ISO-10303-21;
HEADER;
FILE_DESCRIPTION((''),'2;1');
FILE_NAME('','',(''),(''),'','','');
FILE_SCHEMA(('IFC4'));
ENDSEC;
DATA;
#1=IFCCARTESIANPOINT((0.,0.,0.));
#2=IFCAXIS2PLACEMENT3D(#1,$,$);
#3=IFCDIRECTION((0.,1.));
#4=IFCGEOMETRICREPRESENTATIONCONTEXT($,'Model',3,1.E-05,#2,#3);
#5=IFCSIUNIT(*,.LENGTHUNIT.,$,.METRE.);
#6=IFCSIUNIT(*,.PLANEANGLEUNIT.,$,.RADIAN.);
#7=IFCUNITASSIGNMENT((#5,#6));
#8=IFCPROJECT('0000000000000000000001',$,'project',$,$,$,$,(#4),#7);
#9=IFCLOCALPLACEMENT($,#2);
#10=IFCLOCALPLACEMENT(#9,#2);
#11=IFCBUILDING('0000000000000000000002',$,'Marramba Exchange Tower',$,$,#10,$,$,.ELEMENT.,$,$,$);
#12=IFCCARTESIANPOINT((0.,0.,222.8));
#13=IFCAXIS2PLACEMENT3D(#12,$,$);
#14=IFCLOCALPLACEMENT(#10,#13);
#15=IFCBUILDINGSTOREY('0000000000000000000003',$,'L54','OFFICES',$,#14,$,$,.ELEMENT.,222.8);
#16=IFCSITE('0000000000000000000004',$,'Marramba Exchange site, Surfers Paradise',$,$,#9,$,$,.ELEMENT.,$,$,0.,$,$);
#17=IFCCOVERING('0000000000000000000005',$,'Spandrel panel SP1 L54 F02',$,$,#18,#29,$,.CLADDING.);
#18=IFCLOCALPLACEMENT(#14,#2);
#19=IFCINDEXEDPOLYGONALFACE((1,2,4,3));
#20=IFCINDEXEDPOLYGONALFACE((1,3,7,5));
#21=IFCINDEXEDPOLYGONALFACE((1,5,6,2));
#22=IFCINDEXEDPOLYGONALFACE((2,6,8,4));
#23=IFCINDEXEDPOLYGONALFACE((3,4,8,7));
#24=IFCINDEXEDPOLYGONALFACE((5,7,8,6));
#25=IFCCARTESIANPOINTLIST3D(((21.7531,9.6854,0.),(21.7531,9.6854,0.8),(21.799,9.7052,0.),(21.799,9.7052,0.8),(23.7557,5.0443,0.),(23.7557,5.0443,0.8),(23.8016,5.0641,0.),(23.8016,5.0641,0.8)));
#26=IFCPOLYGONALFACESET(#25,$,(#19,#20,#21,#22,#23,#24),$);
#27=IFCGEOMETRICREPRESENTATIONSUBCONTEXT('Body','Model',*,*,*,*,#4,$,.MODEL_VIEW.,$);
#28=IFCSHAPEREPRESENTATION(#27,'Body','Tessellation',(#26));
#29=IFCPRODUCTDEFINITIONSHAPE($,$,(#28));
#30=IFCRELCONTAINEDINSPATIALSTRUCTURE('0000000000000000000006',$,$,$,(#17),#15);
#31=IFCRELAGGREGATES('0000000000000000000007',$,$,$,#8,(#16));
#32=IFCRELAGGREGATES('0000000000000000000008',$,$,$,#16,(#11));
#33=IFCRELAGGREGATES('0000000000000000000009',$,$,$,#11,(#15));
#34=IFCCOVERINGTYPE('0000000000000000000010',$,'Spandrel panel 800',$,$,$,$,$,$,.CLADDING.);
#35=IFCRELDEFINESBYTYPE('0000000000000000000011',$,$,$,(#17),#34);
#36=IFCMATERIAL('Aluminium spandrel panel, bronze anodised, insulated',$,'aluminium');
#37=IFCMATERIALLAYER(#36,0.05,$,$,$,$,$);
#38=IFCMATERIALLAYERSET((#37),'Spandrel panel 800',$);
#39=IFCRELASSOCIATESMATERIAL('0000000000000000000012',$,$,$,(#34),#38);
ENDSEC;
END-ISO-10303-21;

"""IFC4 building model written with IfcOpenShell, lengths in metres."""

from ifc_helpers import new_model, si_unit, direction, frame, origin, origin_2d, place, context, subcontext, project, spatial, rectangle, extrude, material, layer, layer_set, type_object, element, save


model = new_model("IFC4")

# Units and contexts
model_context = context("Model", 3, precision=1e-05, world=origin(), true_north=direction((0.0, 1.0)))
body_context = subcontext(model_context, "Body", "Model", "MODEL_VIEW")
ifc_project = project(units=[si_unit("LENGTHUNIT", "METRE"), si_unit("PLANEANGLEUNIT", "RADIAN")], contexts=[model_context])

# Site, building, storey
site_placement = place(None, origin())
site = spatial("IfcSite", under=ifc_project, at=site_placement, Name="Marramba Exchange site, Surfers Paradise", CompositionType="ELEMENT", RefElevation=0.0)
building_placement = place(site_placement, origin())
building = spatial("IfcBuilding", under=site, at=building_placement, Name="Marramba Exchange Tower", CompositionType="ELEMENT")
storey_placement = place(building_placement, frame((0.0, 0.0, 222.8)))
storey = spatial("IfcBuildingStorey", under=building, at=storey_placement, Name="L54", Description="OFFICES", CompositionType="ELEMENT", Elevation=222.8)

# Covering
ifc_material_1 = material(Name="Aluminium spandrel panel, bronze anodised, insulated", Category="aluminium")
ifc_layer_1 = layer(ifc_material_1, 0.05)
ifc_layer_set_1 = layer_set([ifc_layer_1], Name="Spandrel panel 800")
covering_type = type_object("IfcCoveringType", Name="Spandrel panel 800", PredefinedType="CLADDING", material=ifc_layer_set_1)
covering_1_placement = place(storey_placement, frame((22.7773, 7.3748, 0.0), z_axis=(0.0, 0.0, 1.0), x_axis=(-0.396193, 0.918167, 0.0)))
element("IfcCovering", 1, at=covering_1_placement, inside=storey, type_object=covering_type, Name="Spandrel panel SP1 L54 F02", PredefinedType="CLADDING", context=body_context, shape_type="SweptSolid", body=[
    extrude(rectangle(XDim=5.0547, YDim=0.05, at=origin_2d()), origin(), (0.0, 0.0, 1.0), 0.8),
])

save(model, "model.ifc")
